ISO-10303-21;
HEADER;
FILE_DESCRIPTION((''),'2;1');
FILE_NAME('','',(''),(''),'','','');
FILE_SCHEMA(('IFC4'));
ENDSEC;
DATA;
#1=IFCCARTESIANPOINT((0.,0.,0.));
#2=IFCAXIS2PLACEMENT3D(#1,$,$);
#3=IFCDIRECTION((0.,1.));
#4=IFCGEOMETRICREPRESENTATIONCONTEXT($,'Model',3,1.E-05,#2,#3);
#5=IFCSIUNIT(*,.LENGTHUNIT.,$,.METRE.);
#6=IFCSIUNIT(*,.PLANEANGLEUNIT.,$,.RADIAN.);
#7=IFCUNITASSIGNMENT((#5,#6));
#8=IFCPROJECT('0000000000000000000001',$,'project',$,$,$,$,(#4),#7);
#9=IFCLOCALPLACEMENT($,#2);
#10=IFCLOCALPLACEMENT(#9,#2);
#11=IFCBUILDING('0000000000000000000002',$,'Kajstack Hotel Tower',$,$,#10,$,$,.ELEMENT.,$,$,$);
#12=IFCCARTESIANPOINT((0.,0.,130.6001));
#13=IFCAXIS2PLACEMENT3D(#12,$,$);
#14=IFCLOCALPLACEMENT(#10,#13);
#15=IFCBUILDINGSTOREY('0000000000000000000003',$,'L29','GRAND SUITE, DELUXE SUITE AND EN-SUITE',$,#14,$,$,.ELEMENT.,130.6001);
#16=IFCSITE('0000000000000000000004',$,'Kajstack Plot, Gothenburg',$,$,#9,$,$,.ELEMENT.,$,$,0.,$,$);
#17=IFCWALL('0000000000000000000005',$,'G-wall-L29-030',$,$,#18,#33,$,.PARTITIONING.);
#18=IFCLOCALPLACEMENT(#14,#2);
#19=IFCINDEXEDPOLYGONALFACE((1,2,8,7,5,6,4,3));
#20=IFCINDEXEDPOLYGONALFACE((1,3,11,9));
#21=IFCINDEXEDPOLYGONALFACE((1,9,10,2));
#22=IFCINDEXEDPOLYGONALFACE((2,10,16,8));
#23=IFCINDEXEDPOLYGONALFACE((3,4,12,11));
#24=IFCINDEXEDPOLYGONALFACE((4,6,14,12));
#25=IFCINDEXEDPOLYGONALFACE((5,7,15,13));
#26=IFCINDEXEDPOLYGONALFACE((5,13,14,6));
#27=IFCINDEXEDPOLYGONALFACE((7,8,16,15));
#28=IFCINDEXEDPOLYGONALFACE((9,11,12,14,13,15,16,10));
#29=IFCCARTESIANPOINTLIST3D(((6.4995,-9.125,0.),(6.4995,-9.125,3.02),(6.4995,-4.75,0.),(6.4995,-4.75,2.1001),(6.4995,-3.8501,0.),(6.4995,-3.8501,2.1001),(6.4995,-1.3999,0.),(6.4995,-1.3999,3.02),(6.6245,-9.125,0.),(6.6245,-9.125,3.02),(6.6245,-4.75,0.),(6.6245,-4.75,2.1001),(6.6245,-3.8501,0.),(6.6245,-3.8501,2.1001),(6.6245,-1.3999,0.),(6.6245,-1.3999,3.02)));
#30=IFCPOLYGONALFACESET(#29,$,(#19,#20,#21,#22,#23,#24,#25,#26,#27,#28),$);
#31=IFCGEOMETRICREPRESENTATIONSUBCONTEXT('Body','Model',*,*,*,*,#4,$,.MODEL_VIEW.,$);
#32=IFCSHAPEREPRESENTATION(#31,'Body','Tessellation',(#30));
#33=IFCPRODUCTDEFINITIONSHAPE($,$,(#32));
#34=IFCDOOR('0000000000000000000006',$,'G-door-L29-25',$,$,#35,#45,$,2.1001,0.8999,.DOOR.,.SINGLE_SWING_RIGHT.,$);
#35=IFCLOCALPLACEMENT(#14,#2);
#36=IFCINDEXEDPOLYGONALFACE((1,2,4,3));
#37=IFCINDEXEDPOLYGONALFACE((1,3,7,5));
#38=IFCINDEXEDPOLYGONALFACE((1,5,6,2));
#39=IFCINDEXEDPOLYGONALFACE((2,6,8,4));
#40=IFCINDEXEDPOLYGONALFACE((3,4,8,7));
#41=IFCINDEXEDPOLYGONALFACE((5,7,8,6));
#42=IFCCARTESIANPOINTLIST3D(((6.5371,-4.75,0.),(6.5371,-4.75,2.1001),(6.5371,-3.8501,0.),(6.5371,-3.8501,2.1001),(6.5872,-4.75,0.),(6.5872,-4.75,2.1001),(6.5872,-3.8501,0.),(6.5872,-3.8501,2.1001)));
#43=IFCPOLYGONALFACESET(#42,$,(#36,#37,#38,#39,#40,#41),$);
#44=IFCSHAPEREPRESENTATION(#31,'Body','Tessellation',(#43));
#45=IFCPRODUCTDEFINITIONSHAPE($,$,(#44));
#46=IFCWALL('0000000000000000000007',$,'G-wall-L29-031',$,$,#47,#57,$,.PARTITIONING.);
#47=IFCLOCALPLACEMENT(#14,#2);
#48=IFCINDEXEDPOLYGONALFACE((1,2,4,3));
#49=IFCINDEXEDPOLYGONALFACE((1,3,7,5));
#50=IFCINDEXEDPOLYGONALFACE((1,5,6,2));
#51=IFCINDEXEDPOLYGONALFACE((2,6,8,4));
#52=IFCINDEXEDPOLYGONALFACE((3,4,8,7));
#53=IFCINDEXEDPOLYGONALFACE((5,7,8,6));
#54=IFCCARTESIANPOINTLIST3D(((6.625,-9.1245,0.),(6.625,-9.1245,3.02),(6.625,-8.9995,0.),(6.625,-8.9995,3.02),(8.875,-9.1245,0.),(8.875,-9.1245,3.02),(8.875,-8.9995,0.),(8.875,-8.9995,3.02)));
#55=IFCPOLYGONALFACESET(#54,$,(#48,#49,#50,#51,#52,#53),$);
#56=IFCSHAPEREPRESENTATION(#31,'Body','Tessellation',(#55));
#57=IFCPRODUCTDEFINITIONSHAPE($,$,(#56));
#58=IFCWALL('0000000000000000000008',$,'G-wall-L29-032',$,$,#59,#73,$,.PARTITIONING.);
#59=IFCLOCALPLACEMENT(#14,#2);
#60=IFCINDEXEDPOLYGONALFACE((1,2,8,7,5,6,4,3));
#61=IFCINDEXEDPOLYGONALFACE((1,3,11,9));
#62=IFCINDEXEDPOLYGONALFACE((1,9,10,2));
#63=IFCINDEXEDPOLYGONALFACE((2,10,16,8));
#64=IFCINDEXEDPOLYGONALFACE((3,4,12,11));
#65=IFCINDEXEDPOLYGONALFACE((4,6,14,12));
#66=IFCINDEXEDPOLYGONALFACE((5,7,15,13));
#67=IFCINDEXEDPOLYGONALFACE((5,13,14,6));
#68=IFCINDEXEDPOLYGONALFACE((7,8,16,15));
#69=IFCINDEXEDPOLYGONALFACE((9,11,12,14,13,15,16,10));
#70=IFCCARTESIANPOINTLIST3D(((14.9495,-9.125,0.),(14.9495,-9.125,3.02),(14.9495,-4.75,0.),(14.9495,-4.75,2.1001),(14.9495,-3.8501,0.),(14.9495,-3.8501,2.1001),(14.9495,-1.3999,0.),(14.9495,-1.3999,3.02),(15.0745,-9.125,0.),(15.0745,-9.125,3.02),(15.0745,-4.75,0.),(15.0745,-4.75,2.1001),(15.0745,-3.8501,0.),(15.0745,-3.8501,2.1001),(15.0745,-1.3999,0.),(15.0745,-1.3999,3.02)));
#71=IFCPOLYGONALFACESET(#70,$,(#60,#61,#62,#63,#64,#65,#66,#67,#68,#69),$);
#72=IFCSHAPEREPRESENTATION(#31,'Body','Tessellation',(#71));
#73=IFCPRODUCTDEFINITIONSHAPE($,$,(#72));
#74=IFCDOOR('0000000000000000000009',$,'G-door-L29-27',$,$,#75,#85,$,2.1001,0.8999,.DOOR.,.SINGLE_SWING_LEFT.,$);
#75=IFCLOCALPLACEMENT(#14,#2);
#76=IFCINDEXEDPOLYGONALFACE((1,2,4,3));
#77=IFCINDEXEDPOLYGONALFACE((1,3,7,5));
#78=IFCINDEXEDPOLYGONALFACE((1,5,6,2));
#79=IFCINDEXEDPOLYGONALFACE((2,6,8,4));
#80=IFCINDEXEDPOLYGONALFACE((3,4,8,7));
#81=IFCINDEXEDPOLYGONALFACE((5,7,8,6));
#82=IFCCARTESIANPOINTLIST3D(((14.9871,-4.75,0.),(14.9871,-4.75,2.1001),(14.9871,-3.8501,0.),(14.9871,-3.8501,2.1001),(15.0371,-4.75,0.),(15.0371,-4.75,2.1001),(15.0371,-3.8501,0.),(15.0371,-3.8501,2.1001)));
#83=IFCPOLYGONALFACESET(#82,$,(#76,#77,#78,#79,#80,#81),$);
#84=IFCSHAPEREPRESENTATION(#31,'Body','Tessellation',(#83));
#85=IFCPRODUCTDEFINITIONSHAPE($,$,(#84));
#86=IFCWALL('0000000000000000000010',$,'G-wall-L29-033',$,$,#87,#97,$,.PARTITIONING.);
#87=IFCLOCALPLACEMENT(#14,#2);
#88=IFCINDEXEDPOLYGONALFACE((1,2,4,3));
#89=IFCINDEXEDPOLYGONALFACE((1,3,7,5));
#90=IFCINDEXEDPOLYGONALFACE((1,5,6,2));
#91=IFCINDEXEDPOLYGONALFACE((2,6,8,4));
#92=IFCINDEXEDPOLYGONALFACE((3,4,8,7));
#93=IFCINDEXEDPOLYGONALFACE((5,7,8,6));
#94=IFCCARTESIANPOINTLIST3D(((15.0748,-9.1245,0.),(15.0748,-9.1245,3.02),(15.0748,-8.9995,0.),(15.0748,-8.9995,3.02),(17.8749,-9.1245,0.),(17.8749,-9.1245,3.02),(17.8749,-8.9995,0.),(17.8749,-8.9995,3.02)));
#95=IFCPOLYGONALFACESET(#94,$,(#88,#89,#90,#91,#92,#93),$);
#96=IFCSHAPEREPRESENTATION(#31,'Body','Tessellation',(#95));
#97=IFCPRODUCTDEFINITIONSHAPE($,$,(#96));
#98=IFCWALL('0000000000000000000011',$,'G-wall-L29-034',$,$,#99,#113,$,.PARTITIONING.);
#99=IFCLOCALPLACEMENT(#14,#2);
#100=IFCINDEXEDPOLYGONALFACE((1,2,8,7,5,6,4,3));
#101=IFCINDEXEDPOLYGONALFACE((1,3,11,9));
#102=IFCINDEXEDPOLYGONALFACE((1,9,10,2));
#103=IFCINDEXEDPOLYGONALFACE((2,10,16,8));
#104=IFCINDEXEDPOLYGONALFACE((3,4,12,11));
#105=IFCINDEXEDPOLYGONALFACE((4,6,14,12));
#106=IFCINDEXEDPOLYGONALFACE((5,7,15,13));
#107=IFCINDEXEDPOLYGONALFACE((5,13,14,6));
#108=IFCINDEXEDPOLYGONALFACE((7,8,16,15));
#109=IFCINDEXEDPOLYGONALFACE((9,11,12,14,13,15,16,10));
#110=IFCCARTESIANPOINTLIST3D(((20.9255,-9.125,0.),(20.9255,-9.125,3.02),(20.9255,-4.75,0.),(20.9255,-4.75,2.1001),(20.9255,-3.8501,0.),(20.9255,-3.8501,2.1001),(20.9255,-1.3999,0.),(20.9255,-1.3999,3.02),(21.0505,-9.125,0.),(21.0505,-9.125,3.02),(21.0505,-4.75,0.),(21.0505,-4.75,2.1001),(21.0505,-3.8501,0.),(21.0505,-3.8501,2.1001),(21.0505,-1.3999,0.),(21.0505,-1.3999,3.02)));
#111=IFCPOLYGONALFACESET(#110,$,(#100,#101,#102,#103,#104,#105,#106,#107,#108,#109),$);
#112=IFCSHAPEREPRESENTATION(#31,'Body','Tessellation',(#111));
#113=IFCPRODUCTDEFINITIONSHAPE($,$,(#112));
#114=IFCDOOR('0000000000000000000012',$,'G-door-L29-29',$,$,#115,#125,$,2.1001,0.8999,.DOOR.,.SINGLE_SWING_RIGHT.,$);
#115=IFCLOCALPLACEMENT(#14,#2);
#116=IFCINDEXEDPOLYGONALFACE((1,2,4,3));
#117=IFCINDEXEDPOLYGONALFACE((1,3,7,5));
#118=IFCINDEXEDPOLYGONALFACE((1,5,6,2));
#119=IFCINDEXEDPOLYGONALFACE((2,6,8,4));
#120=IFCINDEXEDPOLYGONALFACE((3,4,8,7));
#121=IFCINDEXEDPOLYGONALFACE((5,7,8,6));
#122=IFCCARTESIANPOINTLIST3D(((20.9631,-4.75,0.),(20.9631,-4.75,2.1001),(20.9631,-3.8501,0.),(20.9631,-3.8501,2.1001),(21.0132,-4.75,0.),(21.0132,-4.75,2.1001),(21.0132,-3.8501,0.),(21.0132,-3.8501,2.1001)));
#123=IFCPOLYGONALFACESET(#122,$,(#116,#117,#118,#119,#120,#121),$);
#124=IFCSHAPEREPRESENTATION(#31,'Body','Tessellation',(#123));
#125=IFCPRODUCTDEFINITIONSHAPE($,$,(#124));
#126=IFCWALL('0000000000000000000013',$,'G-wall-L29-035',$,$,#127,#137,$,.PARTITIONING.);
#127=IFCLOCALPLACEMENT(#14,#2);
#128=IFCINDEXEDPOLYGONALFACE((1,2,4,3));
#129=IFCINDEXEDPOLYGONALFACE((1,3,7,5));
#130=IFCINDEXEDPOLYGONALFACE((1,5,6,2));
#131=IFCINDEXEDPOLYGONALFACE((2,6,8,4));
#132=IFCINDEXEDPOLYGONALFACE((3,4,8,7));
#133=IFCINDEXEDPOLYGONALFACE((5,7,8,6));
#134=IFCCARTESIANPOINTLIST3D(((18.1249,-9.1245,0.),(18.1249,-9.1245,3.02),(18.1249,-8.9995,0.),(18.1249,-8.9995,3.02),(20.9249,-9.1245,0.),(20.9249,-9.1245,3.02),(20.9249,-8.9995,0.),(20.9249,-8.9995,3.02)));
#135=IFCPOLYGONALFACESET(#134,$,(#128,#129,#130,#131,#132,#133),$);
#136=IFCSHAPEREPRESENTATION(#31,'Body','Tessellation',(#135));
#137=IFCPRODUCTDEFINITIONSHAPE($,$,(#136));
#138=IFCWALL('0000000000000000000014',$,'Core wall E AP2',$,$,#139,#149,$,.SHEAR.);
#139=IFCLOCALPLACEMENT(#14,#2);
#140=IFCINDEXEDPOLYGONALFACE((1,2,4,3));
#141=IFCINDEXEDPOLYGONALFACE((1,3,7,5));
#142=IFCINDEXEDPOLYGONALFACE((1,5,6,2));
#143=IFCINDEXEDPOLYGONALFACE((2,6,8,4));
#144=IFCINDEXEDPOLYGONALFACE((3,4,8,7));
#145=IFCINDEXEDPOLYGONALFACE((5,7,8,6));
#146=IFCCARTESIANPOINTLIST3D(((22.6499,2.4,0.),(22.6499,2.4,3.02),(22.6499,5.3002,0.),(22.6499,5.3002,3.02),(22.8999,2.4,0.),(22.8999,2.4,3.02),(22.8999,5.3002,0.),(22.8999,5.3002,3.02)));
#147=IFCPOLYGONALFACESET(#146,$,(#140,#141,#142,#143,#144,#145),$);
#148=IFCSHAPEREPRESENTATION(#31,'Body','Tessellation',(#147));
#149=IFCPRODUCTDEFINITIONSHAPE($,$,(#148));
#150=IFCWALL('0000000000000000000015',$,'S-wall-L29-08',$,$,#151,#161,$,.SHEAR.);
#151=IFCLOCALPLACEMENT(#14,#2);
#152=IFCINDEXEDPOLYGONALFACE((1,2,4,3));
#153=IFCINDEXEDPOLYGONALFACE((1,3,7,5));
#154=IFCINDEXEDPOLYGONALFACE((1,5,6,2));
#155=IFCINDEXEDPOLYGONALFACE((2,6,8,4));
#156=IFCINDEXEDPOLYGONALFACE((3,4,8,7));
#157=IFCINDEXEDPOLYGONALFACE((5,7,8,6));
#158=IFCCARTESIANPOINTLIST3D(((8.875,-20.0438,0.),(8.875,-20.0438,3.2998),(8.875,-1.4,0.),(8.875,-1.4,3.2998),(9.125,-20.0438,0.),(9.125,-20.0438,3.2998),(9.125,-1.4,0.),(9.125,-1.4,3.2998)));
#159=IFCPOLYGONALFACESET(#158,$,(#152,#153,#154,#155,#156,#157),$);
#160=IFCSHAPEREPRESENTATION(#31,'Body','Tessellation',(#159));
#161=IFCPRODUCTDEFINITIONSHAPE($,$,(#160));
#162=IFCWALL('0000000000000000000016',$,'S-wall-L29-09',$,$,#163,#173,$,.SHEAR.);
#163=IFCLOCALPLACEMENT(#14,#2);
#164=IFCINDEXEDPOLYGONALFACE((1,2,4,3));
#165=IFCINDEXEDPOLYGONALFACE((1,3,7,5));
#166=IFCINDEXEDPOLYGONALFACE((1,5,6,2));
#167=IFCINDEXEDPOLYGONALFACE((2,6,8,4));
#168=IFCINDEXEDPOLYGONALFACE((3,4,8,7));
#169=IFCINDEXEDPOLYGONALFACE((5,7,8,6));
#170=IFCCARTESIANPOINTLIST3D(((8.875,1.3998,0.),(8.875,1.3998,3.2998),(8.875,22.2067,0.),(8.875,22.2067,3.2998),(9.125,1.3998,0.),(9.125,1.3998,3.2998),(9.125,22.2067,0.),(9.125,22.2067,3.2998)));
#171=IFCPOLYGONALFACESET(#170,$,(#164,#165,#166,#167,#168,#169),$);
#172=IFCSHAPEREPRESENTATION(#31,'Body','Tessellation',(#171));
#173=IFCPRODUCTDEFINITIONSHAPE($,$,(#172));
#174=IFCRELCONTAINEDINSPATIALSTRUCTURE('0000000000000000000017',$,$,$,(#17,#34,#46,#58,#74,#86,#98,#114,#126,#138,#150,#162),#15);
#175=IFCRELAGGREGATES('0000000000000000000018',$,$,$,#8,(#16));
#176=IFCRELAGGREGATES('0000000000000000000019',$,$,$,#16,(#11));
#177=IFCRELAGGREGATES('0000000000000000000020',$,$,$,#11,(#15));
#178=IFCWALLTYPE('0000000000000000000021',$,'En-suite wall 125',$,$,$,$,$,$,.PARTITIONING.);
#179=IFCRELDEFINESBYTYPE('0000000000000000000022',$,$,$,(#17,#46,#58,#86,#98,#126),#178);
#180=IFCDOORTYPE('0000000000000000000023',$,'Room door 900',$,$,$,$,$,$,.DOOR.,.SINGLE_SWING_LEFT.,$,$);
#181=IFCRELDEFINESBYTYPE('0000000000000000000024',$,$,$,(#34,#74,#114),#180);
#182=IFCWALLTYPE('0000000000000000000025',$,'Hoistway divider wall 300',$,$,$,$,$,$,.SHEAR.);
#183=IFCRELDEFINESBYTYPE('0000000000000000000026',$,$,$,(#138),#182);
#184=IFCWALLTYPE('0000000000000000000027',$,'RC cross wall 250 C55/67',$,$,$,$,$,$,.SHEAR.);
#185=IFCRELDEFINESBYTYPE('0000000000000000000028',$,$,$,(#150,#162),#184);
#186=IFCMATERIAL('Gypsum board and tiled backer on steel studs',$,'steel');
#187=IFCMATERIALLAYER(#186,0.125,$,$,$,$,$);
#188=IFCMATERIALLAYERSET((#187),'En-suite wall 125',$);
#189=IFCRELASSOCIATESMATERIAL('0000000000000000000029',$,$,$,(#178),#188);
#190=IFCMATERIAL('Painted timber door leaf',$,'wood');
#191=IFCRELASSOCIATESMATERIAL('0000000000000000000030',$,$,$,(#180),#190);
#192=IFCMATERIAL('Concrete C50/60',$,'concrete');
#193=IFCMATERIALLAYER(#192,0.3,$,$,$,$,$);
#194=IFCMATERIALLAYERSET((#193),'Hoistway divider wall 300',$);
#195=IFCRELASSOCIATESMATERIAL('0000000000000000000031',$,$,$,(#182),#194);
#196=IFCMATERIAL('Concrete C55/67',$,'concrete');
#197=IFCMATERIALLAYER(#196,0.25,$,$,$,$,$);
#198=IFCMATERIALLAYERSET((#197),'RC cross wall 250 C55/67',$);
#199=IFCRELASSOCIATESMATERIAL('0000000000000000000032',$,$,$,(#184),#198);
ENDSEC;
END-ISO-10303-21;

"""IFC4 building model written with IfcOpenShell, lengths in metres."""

from ifc_helpers import new_model, si_unit, direction, frame, frame_2d, origin, place, context, subcontext, project, spatial, rectangle, extrude, material, layer, layer_set, type_object, element, fill, save


model = new_model("IFC4")

# Units and contexts
model_context = context("Model", 3, precision=1e-05, world=origin(), true_north=direction((0.0, 1.0)))
body_context = subcontext(model_context, "Body", "Model", "MODEL_VIEW")
ifc_project = project(units=[si_unit("LENGTHUNIT", "METRE"), si_unit("PLANEANGLEUNIT", "RADIAN")], contexts=[model_context])

# Site, building, storey
site_placement = place(None, origin())
site = spatial("IfcSite", under=ifc_project, at=site_placement, Name="Kajstack Plot, Gothenburg", CompositionType="ELEMENT", RefElevation=0.0)
building_placement = place(site_placement, origin())
building = spatial("IfcBuilding", under=site, at=building_placement, Name="Kajstack Hotel Tower", CompositionType="ELEMENT")
storey_placement = place(building_placement, frame((0.0, 0.0, 130.6001)))
storey = spatial("IfcBuildingStorey", under=building, at=storey_placement, Name="L29", Description="GRAND SUITE, DELUXE SUITE AND EN-SUITE", CompositionType="ELEMENT", Elevation=130.6001)

# Shared definitions
ifc_material_1 = material(Name="Gypsum board and tiled backer on steel studs", Category="steel")
ifc_layer_1 = layer(ifc_material_1, 0.125)
ifc_layer_set_1 = layer_set([ifc_layer_1], Name="En-suite wall 125")
wall_type_1 = type_object("IfcWallType", Name="En-suite wall 125", PredefinedType="PARTITIONING", material=ifc_layer_set_1)
ifc_material_2 = material(Name="Painted timber door leaf", Category="wood")
door_type_1 = type_object("IfcDoorType", Name="Room door 900", OperationType="SINGLE_SWING_LEFT", PredefinedType="DOOR", material=ifc_material_2)

# Wall, opening, door
wall_1_placement = place(storey_placement, frame((6.562, -9.125, 0.0), z_axis=(0.0, 0.0, 1.0), x_axis=(0.0, 1.0, 0.0)))
wall_1 = element("IfcWall", 1, at=wall_1_placement, inside=storey, type_object=wall_type_1, Name="G-wall-L29-030", PredefinedType="PARTITIONING", context=body_context, shape_type="SweptSolid", body=[
    extrude(rectangle(XDim=7.7251, YDim=0.125, at=frame_2d((3.8625, 0.0))), origin(), (0.0, 0.0, 1.0), 3.02),
])
opening_1_placement = place(wall_1_placement, frame((4.375, 0.0, 0.0)))
opening_1 = element("IfcOpeningElement", 2, at=opening_1_placement, cuts=wall_1, PredefinedType="OPENING", context=body_context, shape_type="SweptSolid", body=[
    extrude(rectangle(XDim=0.8999, YDim=2.1001, at=frame_2d((0.45, 1.05))), frame((0.0, 0.0725, 0.0), z_axis=(0.0, -1.0, 0.0), x_axis=(1.0, 0.0, 0.0)), (0.0, 0.0, 1.0), 0.145),
])
door_1_placement = place(opening_1_placement, origin())
door_1 = element("IfcDoor", 3, at=door_1_placement, inside=storey, type_object=door_type_1, Name="G-door-L29-25", OperationType="SINGLE_SWING_RIGHT", OverallHeight=2.1001, OverallWidth=0.8999, PredefinedType="DOOR", context=body_context, shape_type="SweptSolid", body=[
    extrude(rectangle(XDim=0.8999, YDim=2.1001, at=frame_2d((0.45, 1.05))), frame((0.0, 0.0249, 0.0), z_axis=(0.0, -1.0, 0.0), x_axis=(1.0, 0.0, 0.0)), (0.0, 0.0, 1.0), 0.05),
])
fill(opening_1, door_1)

# Wall
wall_2_placement = place(storey_placement, frame((6.625, -9.062, 0.0), z_axis=(0.0, 0.0, 1.0), x_axis=(1.0, 0.0, 0.0)))
element("IfcWall", 4, at=wall_2_placement, inside=storey, type_object=wall_type_1, Name="G-wall-L29-031", PredefinedType="PARTITIONING", context=body_context, shape_type="SweptSolid", body=[
    extrude(rectangle(XDim=2.25, YDim=0.125, at=frame_2d((1.125, 0.0))), origin(), (0.0, 0.0, 1.0), 3.02),
])

# Wall, opening, door
wall_3_placement = place(storey_placement, frame((15.012, -9.125, 0.0), z_axis=(0.0, 0.0, 1.0), x_axis=(0.0, 1.0, 0.0)))
wall_3 = element("IfcWall", 5, at=wall_3_placement, inside=storey, type_object=wall_type_1, Name="G-wall-L29-032", PredefinedType="PARTITIONING", context=body_context, shape_type="SweptSolid", body=[
    extrude(rectangle(XDim=7.7251, YDim=0.125, at=frame_2d((3.8625, 0.0))), origin(), (0.0, 0.0, 1.0), 3.02),
])
opening_2_placement = place(wall_3_placement, frame((4.375, 0.0, 0.0)))
opening_2 = element("IfcOpeningElement", 6, at=opening_2_placement, cuts=wall_3, PredefinedType="OPENING", context=body_context, shape_type="SweptSolid", body=[
    extrude(rectangle(XDim=0.8999, YDim=2.1001, at=frame_2d((0.45, 1.05))), frame((0.0, 0.0725, 0.0), z_axis=(0.0, -1.0, 0.0), x_axis=(1.0, 0.0, 0.0)), (0.0, 0.0, 1.0), 0.145),
])
door_2_placement = place(opening_2_placement, origin())
door_2 = element("IfcDoor", 7, at=door_2_placement, inside=storey, type_object=door_type_1, Name="G-door-L29-27", OperationType="SINGLE_SWING_LEFT", OverallHeight=2.1001, OverallWidth=0.8999, PredefinedType="DOOR", context=body_context, shape_type="SweptSolid", body=[
    extrude(rectangle(XDim=0.8999, YDim=2.1001, at=frame_2d((0.45, 1.05))), frame((0.0, 0.0249, 0.0), z_axis=(0.0, -1.0, 0.0), x_axis=(1.0, 0.0, 0.0)), (0.0, 0.0, 1.0), 0.05),
])
fill(opening_2, door_2)

# Wall
wall_4_placement = place(storey_placement, frame((15.075, -9.062, 0.0), z_axis=(0.0, 0.0, 1.0), x_axis=(1.0, 0.0, 0.0)))
element("IfcWall", 8, at=wall_4_placement, inside=storey, type_object=wall_type_1, Name="G-wall-L29-033", PredefinedType="PARTITIONING", context=body_context, shape_type="SweptSolid", body=[
    extrude(rectangle(XDim=2.8, YDim=0.125, at=frame_2d((1.3999, 0.0))), origin(), (0.0, 0.0, 1.0), 3.02),
])

# Wall, opening, door
wall_5_placement = place(storey_placement, frame((20.988, -9.125, 0.0), z_axis=(0.0, 0.0, 1.0), x_axis=(0.0, 1.0, 0.0)))
wall_5 = element("IfcWall", 9, at=wall_5_placement, inside=storey, type_object=wall_type_1, Name="G-wall-L29-034", PredefinedType="PARTITIONING", context=body_context, shape_type="SweptSolid", body=[
    extrude(rectangle(XDim=7.7251, YDim=0.125, at=frame_2d((3.8625, 0.0))), origin(), (0.0, 0.0, 1.0), 3.02),
])
opening_3_placement = place(wall_5_placement, frame((4.375, 0.0, 0.0)))
opening_3 = element("IfcOpeningElement", 10, at=opening_3_placement, cuts=wall_5, PredefinedType="OPENING", context=body_context, shape_type="SweptSolid", body=[
    extrude(rectangle(XDim=0.8999, YDim=2.1001, at=frame_2d((0.45, 1.05))), frame((0.0, 0.0725, 0.0), z_axis=(0.0, -1.0, 0.0), x_axis=(1.0, 0.0, 0.0)), (0.0, 0.0, 1.0), 0.145),
])
door_3_placement = place(opening_3_placement, origin())
door_3 = element("IfcDoor", 11, at=door_3_placement, inside=storey, type_object=door_type_1, Name="G-door-L29-29", OperationType="SINGLE_SWING_RIGHT", OverallHeight=2.1001, OverallWidth=0.8999, PredefinedType="DOOR", context=body_context, shape_type="SweptSolid", body=[
    extrude(rectangle(XDim=0.8999, YDim=2.1001, at=frame_2d((0.45, 1.05))), frame((0.0, 0.0249, 0.0), z_axis=(0.0, -1.0, 0.0), x_axis=(1.0, 0.0, 0.0)), (0.0, 0.0, 1.0), 0.05),
])
fill(opening_3, door_3)

# Walls
wall_6_placement = place(storey_placement, frame((18.125, -9.062, 0.0), z_axis=(0.0, 0.0, 1.0), x_axis=(1.0, 0.0, 0.0)))
element("IfcWall", 12, at=wall_6_placement, inside=storey, type_object=wall_type_1, Name="G-wall-L29-035", PredefinedType="PARTITIONING", context=body_context, shape_type="SweptSolid", body=[
    extrude(rectangle(XDim=2.8, YDim=0.125, at=frame_2d((1.3999, 0.0))), origin(), (0.0, 0.0, 1.0), 3.02),
])
ifc_material_3 = material(Name="Concrete C50/60", Category="concrete")
ifc_layer_2 = layer(ifc_material_3, 0.3)
ifc_layer_set_2 = layer_set([ifc_layer_2], Name="Hoistway divider wall 300")
wall_type_2 = type_object("IfcWallType", Name="Hoistway divider wall 300", PredefinedType="SHEAR", material=ifc_layer_set_2)
wall_7_placement = place(storey_placement, frame((22.7749, 2.3999, 0.0), z_axis=(0.0, 0.0, 1.0), x_axis=(0.0, 1.0, 0.0)))
element("IfcWall", 13, at=wall_7_placement, inside=storey, type_object=wall_type_2, Name="Core wall E AP2", PredefinedType="SHEAR", context=body_context, shape_type="SweptSolid", body=[
    extrude(rectangle(XDim=2.9001, YDim=0.25, at=frame_2d((1.4502, 0.0))), origin(), (0.0, 0.0, 1.0), 3.02),
])
ifc_material_4 = material(Name="Concrete C55/67", Category="concrete")
ifc_layer_3 = layer(ifc_material_4, 0.25)
ifc_layer_set_3 = layer_set([ifc_layer_3], Name="RC cross wall 250 C55/67")
wall_type_3 = type_object("IfcWallType", Name="RC cross wall 250 C55/67", PredefinedType="SHEAR", material=ifc_layer_set_3)
wall_8_placement = place(storey_placement, frame((9.0, -20.0437, 0.0), z_axis=(0.0, 0.0, 1.0), x_axis=(0.0, 1.0, 0.0)))
element("IfcWall", 14, at=wall_8_placement, inside=storey, type_object=wall_type_3, Name="S-wall-L29-08", PredefinedType="SHEAR", context=body_context, shape_type="SweptSolid", body=[
    extrude(rectangle(XDim=18.6438, YDim=0.25, at=frame_2d((9.3218, 0.0))), origin(), (0.0, 0.0, 1.0), 3.2998),
])
wall_9_placement = place(storey_placement, frame((9.0, 1.3999, 0.0), z_axis=(0.0, 0.0, 1.0), x_axis=(0.0, 1.0, 0.0)))
element("IfcWall", 15, at=wall_9_placement, inside=storey, type_object=wall_type_3, Name="S-wall-L29-09", PredefinedType="SHEAR", context=body_context, shape_type="SweptSolid", body=[
    extrude(rectangle(XDim=20.8069, YDim=0.25, at=frame_2d((10.4033, 0.0))), origin(), (0.0, 0.0, 1.0), 3.2998),
])

save(model, "model.ifc")
